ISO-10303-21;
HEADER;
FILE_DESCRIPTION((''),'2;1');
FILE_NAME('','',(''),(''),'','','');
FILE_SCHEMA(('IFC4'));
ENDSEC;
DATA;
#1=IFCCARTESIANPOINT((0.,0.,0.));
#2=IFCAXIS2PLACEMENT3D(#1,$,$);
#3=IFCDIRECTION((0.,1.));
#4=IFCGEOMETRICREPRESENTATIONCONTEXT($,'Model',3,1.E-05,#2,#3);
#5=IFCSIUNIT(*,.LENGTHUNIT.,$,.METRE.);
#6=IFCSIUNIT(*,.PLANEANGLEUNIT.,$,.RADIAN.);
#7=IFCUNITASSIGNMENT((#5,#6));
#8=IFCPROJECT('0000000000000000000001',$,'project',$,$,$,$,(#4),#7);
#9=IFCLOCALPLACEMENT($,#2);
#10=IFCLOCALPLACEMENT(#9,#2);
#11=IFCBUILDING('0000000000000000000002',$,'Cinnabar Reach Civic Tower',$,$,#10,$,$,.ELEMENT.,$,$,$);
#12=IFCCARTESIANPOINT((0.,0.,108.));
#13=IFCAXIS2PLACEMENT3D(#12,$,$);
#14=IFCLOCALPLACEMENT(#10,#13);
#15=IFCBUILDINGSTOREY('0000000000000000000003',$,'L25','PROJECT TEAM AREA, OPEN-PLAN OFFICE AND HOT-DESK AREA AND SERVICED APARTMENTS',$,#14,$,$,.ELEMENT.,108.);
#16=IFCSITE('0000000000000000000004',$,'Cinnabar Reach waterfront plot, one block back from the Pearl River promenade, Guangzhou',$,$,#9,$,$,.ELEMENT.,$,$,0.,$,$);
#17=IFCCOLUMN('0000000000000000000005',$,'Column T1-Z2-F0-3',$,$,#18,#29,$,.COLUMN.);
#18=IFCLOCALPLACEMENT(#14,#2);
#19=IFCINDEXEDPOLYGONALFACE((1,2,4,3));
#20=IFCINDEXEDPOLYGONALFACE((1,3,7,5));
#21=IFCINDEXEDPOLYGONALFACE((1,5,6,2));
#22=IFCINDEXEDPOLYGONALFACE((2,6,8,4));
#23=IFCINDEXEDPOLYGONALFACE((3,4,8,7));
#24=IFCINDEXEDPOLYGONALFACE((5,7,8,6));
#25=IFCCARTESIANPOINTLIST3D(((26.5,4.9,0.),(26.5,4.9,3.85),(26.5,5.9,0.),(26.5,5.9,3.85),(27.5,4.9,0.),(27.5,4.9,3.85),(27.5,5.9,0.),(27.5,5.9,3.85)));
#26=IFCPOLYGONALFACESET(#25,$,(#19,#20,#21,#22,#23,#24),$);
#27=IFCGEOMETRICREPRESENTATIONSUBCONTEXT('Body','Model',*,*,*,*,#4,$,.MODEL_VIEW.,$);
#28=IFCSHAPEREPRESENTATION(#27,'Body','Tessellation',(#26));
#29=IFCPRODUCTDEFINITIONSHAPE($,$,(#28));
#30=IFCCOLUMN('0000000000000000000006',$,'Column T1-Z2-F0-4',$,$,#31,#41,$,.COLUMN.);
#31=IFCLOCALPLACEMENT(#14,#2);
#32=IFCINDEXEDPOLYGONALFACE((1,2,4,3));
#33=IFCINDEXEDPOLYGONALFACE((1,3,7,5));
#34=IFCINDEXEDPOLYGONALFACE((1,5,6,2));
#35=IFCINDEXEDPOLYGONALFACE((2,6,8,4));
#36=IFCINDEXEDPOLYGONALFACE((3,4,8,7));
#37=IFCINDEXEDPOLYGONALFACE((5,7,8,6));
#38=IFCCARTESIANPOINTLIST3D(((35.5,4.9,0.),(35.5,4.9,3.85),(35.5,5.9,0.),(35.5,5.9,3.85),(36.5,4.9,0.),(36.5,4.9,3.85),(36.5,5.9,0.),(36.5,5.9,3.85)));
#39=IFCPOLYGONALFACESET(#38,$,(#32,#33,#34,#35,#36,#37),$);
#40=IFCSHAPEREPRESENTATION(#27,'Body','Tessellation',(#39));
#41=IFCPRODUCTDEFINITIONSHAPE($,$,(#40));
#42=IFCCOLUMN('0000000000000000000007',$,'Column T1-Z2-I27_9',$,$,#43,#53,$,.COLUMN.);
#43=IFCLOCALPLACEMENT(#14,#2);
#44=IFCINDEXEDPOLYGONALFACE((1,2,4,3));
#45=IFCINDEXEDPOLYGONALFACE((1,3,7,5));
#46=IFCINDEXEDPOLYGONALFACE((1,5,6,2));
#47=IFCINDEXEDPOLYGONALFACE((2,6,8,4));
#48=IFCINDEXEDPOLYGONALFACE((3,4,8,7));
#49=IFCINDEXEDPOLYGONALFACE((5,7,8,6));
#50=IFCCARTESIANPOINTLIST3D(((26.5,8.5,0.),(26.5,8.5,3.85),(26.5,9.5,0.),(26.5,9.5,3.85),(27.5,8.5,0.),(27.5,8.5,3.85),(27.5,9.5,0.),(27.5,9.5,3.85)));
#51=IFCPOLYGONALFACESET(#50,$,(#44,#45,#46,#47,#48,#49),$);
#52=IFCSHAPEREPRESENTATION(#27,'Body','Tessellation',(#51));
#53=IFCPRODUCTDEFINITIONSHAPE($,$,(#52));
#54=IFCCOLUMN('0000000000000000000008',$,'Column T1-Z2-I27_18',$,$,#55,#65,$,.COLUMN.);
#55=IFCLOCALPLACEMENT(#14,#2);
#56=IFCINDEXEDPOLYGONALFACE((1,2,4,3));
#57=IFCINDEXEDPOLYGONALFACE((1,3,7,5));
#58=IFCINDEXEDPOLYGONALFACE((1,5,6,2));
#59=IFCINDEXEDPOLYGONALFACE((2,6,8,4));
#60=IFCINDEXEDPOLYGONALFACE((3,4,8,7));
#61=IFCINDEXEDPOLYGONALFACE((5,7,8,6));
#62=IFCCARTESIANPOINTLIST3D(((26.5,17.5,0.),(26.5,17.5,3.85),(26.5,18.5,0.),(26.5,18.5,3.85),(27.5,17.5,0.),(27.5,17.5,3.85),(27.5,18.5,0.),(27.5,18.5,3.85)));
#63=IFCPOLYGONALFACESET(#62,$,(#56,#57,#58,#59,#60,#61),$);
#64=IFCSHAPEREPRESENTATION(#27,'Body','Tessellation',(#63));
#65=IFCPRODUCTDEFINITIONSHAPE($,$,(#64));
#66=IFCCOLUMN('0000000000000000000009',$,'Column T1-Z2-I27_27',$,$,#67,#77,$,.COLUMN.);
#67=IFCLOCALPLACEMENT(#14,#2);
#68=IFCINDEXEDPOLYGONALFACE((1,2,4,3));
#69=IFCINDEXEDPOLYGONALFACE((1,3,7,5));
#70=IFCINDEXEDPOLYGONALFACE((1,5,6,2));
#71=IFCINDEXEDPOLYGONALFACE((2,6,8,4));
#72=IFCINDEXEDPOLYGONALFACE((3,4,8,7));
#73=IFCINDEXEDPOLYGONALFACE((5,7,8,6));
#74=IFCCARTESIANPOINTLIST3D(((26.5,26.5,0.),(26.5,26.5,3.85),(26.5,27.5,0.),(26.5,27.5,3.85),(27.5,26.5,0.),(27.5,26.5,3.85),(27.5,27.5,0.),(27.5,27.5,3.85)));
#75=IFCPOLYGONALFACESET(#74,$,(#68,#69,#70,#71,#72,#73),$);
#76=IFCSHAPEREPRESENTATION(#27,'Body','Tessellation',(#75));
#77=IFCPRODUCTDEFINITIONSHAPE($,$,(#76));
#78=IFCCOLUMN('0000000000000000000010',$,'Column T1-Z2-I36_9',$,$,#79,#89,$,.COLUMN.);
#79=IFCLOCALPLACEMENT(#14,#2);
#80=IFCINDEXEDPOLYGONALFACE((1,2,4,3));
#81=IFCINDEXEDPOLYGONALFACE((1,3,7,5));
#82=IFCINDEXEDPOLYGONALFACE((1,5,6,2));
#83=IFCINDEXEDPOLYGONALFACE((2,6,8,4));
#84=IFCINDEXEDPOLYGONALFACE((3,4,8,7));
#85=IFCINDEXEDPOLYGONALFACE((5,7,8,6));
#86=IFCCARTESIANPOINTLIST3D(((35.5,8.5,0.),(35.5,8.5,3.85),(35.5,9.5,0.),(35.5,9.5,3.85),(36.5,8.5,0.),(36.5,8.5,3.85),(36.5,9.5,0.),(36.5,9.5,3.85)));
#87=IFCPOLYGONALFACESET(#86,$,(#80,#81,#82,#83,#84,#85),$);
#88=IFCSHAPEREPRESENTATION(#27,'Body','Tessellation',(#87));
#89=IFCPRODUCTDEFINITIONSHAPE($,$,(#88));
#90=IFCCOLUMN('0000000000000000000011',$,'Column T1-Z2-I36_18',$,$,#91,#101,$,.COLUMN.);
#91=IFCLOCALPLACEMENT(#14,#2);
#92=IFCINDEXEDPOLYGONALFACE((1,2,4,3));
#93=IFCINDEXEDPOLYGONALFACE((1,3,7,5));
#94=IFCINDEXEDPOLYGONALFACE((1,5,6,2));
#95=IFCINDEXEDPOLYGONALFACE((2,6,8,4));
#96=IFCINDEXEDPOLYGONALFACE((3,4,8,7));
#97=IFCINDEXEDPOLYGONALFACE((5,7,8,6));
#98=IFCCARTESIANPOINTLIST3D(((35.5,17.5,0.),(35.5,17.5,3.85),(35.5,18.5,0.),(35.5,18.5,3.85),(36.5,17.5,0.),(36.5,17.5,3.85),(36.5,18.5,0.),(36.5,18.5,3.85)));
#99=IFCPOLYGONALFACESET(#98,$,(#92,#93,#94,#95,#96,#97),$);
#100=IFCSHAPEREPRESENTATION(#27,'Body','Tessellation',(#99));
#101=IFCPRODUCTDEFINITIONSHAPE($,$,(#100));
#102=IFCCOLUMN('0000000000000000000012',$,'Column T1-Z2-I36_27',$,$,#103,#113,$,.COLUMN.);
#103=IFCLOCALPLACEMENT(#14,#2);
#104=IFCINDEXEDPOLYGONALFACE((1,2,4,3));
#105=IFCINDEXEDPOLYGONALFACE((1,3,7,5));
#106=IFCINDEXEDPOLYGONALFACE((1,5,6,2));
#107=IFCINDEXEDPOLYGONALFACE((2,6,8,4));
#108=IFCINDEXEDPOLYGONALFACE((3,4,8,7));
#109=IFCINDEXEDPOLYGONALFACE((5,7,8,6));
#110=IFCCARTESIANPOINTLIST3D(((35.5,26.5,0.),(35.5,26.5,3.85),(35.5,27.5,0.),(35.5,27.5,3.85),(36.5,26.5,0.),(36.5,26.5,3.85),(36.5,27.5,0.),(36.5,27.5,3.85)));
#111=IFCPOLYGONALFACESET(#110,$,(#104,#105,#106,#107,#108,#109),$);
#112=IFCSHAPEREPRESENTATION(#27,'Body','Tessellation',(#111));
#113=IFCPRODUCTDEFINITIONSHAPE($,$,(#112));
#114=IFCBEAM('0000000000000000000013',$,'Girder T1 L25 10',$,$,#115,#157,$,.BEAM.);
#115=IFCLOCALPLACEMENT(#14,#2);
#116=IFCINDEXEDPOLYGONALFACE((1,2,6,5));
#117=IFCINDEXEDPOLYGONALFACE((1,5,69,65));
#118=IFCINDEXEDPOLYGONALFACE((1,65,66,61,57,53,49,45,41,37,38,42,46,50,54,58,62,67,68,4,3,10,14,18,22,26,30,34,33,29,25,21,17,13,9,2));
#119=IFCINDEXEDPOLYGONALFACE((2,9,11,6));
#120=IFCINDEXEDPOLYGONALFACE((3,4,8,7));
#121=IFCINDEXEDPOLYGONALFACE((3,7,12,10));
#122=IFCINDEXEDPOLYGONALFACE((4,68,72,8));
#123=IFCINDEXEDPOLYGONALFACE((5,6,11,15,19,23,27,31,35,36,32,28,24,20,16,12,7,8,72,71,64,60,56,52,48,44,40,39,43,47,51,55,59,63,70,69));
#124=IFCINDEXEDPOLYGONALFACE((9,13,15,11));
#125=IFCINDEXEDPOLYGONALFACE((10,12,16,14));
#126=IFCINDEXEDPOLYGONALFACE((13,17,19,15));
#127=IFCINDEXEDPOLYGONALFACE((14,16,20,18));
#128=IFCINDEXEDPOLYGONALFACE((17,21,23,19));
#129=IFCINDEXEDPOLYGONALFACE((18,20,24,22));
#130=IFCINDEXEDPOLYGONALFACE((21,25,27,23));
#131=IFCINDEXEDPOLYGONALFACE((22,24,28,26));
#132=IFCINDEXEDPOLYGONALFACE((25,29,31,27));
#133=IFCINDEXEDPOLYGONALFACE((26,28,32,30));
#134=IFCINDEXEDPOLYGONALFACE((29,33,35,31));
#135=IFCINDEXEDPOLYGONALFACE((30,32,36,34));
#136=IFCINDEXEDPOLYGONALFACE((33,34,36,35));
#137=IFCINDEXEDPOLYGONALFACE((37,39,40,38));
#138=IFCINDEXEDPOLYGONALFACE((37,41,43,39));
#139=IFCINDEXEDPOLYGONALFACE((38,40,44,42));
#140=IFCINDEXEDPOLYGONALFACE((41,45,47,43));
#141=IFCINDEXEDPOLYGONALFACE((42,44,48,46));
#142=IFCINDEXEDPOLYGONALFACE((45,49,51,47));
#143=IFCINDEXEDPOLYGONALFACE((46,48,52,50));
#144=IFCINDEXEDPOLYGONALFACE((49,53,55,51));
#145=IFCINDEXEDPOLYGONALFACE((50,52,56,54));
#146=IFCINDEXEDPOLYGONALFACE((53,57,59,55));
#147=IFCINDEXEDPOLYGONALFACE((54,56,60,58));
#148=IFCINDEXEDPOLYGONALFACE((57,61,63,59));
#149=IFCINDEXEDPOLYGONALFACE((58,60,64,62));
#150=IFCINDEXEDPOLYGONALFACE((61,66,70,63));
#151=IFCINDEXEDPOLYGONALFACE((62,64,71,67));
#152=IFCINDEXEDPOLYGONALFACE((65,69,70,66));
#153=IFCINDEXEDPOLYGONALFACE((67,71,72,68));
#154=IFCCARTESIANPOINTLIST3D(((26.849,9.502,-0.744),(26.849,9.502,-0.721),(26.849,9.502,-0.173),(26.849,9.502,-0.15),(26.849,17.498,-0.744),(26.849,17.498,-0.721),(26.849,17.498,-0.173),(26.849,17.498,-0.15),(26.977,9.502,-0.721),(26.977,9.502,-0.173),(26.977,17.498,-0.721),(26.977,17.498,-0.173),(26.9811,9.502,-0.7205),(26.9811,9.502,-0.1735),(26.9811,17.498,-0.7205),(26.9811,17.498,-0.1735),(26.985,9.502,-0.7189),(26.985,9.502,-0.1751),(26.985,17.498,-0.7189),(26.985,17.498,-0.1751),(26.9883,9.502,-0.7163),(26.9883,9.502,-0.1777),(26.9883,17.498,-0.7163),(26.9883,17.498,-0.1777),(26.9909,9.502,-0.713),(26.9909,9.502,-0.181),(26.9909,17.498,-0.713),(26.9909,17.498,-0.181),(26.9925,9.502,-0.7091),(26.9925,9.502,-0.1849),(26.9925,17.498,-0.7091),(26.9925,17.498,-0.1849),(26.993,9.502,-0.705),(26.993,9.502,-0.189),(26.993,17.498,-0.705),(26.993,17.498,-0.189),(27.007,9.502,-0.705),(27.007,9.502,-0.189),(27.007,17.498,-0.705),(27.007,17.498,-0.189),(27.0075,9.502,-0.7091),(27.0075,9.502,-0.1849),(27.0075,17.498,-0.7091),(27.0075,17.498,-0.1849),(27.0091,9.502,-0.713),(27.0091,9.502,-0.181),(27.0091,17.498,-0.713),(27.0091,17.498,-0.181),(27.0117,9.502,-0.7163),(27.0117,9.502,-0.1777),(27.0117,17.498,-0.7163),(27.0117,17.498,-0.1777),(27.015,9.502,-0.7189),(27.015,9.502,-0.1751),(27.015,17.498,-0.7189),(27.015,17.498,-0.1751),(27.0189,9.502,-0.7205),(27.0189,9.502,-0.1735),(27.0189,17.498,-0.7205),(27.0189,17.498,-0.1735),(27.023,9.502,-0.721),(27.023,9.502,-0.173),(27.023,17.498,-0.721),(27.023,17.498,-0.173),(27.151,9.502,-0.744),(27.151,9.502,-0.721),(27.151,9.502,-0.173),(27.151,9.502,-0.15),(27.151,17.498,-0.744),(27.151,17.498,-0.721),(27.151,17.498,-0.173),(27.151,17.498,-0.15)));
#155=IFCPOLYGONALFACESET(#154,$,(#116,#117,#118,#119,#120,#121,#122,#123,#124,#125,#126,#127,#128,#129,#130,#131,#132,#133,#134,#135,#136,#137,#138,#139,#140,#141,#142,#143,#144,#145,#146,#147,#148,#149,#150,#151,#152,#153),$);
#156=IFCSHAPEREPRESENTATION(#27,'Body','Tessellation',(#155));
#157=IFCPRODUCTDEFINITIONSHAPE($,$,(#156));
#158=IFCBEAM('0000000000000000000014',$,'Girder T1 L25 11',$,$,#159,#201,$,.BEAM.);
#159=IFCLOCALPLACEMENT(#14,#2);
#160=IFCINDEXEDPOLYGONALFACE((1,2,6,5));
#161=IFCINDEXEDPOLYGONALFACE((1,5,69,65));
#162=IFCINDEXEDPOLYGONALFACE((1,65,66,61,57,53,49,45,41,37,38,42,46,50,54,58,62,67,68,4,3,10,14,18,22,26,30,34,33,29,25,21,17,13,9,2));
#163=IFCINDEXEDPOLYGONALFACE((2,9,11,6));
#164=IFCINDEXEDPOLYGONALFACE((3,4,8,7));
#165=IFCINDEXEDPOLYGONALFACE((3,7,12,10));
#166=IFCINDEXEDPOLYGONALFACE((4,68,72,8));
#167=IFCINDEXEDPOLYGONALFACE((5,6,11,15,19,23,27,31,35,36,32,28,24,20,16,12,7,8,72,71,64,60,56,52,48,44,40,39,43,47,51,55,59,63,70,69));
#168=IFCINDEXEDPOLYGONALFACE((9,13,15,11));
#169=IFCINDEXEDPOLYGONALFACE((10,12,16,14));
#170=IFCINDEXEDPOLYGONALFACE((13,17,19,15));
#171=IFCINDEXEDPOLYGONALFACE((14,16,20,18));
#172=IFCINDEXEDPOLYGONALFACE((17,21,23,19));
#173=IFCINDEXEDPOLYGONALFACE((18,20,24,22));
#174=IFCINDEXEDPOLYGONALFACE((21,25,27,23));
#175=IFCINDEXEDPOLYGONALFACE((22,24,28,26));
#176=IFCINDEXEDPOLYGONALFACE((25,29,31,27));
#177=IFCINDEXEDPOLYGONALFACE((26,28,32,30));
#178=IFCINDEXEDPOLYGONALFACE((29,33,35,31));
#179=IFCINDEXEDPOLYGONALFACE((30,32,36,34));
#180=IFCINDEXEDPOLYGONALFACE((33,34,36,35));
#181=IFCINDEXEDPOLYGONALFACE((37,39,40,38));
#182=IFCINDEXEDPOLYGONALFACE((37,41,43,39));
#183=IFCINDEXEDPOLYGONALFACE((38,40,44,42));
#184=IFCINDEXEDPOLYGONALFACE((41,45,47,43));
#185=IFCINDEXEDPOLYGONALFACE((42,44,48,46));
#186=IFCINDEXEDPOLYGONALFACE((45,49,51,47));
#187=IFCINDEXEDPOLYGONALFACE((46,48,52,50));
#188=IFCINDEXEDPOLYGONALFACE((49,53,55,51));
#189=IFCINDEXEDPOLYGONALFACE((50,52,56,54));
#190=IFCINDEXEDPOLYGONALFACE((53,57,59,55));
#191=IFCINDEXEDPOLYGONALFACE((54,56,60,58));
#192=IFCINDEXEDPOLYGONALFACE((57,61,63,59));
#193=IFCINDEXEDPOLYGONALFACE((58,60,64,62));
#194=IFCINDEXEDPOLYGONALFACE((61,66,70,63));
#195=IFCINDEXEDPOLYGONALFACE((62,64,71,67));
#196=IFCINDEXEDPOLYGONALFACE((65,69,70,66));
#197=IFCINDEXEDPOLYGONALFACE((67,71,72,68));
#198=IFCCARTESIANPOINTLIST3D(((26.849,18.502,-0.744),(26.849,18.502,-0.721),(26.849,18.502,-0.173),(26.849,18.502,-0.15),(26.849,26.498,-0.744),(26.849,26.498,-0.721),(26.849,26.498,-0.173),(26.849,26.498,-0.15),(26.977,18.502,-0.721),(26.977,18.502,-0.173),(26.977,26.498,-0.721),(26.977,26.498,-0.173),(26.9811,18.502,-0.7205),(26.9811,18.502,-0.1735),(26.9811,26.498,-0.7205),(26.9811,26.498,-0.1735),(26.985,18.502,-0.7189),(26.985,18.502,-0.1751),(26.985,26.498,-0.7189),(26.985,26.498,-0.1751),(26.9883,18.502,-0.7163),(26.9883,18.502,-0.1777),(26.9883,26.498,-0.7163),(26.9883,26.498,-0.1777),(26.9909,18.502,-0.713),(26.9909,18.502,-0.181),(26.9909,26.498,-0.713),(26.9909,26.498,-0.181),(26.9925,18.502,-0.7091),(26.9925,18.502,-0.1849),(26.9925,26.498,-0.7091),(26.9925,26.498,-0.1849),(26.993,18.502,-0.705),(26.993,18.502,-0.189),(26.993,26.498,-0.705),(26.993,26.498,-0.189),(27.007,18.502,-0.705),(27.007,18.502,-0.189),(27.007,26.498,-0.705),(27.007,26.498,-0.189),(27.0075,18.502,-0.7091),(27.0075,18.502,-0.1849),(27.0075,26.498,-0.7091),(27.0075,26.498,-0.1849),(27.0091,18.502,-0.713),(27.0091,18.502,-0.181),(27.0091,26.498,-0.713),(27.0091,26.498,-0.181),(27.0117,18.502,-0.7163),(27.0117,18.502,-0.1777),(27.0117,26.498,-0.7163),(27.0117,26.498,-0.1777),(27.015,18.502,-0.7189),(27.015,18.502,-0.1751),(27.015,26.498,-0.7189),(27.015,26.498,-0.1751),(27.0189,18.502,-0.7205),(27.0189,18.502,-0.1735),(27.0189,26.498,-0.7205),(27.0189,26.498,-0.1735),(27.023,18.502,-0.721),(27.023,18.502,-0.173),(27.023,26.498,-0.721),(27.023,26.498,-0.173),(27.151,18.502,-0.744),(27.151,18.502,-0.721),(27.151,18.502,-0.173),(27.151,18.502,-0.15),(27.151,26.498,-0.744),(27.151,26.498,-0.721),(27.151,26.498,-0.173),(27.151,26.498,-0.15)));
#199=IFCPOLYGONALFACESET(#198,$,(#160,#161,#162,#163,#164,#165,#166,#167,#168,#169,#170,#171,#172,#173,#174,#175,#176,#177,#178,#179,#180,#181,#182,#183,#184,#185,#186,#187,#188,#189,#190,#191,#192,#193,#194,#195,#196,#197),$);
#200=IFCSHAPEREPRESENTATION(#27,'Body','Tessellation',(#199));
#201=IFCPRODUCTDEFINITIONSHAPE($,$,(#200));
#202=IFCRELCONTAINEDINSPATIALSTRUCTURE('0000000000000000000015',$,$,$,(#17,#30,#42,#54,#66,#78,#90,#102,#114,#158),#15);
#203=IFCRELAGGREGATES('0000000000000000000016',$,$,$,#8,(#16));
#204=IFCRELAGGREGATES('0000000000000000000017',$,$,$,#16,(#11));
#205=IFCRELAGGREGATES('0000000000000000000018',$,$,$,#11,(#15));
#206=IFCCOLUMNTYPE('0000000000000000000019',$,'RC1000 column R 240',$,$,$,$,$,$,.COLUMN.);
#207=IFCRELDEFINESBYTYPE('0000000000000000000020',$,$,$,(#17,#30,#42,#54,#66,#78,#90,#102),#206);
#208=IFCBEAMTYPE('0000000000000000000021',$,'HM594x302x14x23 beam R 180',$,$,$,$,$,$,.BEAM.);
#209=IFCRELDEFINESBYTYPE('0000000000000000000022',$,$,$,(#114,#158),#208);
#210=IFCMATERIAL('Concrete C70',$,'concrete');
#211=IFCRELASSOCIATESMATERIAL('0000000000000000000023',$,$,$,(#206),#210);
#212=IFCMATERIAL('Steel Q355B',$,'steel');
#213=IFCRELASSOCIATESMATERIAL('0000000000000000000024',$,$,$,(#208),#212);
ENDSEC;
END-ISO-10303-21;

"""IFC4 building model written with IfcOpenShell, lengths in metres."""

from ifc_helpers import new_model, si_unit, direction, frame, origin, origin_2d, place, context, subcontext, project, spatial, rectangle, i_section, extrude, material, material_profile, profile_set, type_object, element, save


model = new_model("IFC4")

# Units and contexts
model_context = context("Model", 3, precision=1e-05, world=origin(), true_north=direction((0.0, 1.0)))
body_context = subcontext(model_context, "Body", "Model", "MODEL_VIEW")
ifc_project = project(units=[si_unit("LENGTHUNIT", "METRE"), si_unit("PLANEANGLEUNIT", "RADIAN")], contexts=[model_context])

# Site, building, storey
site_placement = place(None, origin())
site = spatial("IfcSite", under=ifc_project, at=site_placement, Name="Cinnabar Reach waterfront plot, one block back from the Pearl River promenade, Guangzhou", CompositionType="ELEMENT", RefElevation=0.0)
building_placement = place(site_placement, origin())
building = spatial("IfcBuilding", under=site, at=building_placement, Name="Cinnabar Reach Civic Tower", CompositionType="ELEMENT")
storey_placement = place(building_placement, frame((0.0, 0.0, 108.0)))
storey = spatial("IfcBuildingStorey", under=building, at=storey_placement, Name="L25", Description="PROJECT TEAM AREA, OPEN-PLAN OFFICE AND HOT-DESK AREA AND SERVICED APARTMENTS", CompositionType="ELEMENT", Elevation=108.0)

# Columns
ifc_material_1 = material(Name="Concrete C70", Category="concrete")
ifc_material_profile_1 = material_profile(ifc_material_1, rectangle(XDim=1.0, YDim=1.0, at=origin_2d()), Name="RC1000")
ifc_profile_set_1 = profile_set([ifc_material_profile_1], Name="Concrete C70")
column_type = type_object("IfcColumnType", Name="RC1000 column R 240", PredefinedType="COLUMN", material=ifc_profile_set_1)
for number, where, z_axis, x_axis, name in (
    (1, (27.0, 5.4, 0.0), (0.0, 0.0, 1.0), (1.0, 0.0, 0.0), "Column T1-Z2-F0-3"),
    (2, (36.0, 5.4, 0.0), (0.0, 0.0, 1.0), (1.0, 0.0, 0.0), "Column T1-Z2-F0-4"),
    (3, (27.0, 9.0, 0.0), (0.0, 0.0, 1.0), (1.0, 0.0, 0.0), "Column T1-Z2-I27_9"),
    (4, (27.0, 18.0, 0.0), (0.0, 0.0, 1.0), (1.0, 0.0, 0.0), "Column T1-Z2-I27_18"),
    (5, (27.0, 27.0, 0.0), (0.0, 0.0, 1.0), (1.0, 0.0, 0.0), "Column T1-Z2-I27_27"),
    (6, (36.0, 9.0, 0.0), (0.0, 0.0, 1.0), (1.0, 0.0, 0.0), "Column T1-Z2-I36_9"),
    (7, (36.0, 18.0, 0.0), (0.0, 0.0, 1.0), (1.0, 0.0, 0.0), "Column T1-Z2-I36_18"),
    (8, (36.0, 27.0, 0.0), (0.0, 0.0, 1.0), (1.0, 0.0, 0.0), "Column T1-Z2-I36_27"),
):
    element("IfcColumn", number, at=place(storey_placement, frame(where, z_axis=z_axis, x_axis=x_axis)), inside=storey, type_object=column_type, Name=name, PredefinedType="COLUMN", context=body_context, shape_type="SweptSolid", body=[
        extrude(rectangle(XDim=1.0, YDim=1.0, at=origin_2d()), origin(), (0.0, 0.0, 1.0), 3.85),
    ])

# Beams
ifc_material_2 = material(Name="Steel Q355B", Category="steel")
ifc_material_profile_2 = material_profile(ifc_material_2, i_section(OverallWidth=0.302, OverallDepth=0.594, WebThickness=0.014, FlangeThickness=0.023, FilletRadius=0.016, at=origin_2d()), Name="HM594x302x14x23")
ifc_profile_set_2 = profile_set([ifc_material_profile_2], Name="Steel Q355B")
beam_type_1 = type_object("IfcBeamType", Name="HM594x302x14x23 beam R 180", PredefinedType="BEAM", material=ifc_profile_set_2)
for number, where, z_axis, x_axis, name in (
    (9, (27.0, 9.502, -0.447), (0.0, 1.0, 0.0), (-1.0, 0.0, 0.0), "Girder T1 L25 10"),
    (10, (27.0, 18.502, -0.447), (0.0, 1.0, 0.0), (-1.0, 0.0, 0.0), "Girder T1 L25 11"),
):
    element("IfcBeam", number, at=place(storey_placement, frame(where, z_axis=z_axis, x_axis=x_axis)), inside=storey, type_object=beam_type_1, Name=name, PredefinedType="BEAM", context=body_context, shape_type="SweptSolid", body=[
        extrude(i_section(OverallWidth=0.302, OverallDepth=0.594, WebThickness=0.014, FlangeThickness=0.023, FilletRadius=0.016, at=origin_2d()), origin(), (0.0, 0.0, 1.0), 7.996),
    ])

save(model, "model.ifc")
